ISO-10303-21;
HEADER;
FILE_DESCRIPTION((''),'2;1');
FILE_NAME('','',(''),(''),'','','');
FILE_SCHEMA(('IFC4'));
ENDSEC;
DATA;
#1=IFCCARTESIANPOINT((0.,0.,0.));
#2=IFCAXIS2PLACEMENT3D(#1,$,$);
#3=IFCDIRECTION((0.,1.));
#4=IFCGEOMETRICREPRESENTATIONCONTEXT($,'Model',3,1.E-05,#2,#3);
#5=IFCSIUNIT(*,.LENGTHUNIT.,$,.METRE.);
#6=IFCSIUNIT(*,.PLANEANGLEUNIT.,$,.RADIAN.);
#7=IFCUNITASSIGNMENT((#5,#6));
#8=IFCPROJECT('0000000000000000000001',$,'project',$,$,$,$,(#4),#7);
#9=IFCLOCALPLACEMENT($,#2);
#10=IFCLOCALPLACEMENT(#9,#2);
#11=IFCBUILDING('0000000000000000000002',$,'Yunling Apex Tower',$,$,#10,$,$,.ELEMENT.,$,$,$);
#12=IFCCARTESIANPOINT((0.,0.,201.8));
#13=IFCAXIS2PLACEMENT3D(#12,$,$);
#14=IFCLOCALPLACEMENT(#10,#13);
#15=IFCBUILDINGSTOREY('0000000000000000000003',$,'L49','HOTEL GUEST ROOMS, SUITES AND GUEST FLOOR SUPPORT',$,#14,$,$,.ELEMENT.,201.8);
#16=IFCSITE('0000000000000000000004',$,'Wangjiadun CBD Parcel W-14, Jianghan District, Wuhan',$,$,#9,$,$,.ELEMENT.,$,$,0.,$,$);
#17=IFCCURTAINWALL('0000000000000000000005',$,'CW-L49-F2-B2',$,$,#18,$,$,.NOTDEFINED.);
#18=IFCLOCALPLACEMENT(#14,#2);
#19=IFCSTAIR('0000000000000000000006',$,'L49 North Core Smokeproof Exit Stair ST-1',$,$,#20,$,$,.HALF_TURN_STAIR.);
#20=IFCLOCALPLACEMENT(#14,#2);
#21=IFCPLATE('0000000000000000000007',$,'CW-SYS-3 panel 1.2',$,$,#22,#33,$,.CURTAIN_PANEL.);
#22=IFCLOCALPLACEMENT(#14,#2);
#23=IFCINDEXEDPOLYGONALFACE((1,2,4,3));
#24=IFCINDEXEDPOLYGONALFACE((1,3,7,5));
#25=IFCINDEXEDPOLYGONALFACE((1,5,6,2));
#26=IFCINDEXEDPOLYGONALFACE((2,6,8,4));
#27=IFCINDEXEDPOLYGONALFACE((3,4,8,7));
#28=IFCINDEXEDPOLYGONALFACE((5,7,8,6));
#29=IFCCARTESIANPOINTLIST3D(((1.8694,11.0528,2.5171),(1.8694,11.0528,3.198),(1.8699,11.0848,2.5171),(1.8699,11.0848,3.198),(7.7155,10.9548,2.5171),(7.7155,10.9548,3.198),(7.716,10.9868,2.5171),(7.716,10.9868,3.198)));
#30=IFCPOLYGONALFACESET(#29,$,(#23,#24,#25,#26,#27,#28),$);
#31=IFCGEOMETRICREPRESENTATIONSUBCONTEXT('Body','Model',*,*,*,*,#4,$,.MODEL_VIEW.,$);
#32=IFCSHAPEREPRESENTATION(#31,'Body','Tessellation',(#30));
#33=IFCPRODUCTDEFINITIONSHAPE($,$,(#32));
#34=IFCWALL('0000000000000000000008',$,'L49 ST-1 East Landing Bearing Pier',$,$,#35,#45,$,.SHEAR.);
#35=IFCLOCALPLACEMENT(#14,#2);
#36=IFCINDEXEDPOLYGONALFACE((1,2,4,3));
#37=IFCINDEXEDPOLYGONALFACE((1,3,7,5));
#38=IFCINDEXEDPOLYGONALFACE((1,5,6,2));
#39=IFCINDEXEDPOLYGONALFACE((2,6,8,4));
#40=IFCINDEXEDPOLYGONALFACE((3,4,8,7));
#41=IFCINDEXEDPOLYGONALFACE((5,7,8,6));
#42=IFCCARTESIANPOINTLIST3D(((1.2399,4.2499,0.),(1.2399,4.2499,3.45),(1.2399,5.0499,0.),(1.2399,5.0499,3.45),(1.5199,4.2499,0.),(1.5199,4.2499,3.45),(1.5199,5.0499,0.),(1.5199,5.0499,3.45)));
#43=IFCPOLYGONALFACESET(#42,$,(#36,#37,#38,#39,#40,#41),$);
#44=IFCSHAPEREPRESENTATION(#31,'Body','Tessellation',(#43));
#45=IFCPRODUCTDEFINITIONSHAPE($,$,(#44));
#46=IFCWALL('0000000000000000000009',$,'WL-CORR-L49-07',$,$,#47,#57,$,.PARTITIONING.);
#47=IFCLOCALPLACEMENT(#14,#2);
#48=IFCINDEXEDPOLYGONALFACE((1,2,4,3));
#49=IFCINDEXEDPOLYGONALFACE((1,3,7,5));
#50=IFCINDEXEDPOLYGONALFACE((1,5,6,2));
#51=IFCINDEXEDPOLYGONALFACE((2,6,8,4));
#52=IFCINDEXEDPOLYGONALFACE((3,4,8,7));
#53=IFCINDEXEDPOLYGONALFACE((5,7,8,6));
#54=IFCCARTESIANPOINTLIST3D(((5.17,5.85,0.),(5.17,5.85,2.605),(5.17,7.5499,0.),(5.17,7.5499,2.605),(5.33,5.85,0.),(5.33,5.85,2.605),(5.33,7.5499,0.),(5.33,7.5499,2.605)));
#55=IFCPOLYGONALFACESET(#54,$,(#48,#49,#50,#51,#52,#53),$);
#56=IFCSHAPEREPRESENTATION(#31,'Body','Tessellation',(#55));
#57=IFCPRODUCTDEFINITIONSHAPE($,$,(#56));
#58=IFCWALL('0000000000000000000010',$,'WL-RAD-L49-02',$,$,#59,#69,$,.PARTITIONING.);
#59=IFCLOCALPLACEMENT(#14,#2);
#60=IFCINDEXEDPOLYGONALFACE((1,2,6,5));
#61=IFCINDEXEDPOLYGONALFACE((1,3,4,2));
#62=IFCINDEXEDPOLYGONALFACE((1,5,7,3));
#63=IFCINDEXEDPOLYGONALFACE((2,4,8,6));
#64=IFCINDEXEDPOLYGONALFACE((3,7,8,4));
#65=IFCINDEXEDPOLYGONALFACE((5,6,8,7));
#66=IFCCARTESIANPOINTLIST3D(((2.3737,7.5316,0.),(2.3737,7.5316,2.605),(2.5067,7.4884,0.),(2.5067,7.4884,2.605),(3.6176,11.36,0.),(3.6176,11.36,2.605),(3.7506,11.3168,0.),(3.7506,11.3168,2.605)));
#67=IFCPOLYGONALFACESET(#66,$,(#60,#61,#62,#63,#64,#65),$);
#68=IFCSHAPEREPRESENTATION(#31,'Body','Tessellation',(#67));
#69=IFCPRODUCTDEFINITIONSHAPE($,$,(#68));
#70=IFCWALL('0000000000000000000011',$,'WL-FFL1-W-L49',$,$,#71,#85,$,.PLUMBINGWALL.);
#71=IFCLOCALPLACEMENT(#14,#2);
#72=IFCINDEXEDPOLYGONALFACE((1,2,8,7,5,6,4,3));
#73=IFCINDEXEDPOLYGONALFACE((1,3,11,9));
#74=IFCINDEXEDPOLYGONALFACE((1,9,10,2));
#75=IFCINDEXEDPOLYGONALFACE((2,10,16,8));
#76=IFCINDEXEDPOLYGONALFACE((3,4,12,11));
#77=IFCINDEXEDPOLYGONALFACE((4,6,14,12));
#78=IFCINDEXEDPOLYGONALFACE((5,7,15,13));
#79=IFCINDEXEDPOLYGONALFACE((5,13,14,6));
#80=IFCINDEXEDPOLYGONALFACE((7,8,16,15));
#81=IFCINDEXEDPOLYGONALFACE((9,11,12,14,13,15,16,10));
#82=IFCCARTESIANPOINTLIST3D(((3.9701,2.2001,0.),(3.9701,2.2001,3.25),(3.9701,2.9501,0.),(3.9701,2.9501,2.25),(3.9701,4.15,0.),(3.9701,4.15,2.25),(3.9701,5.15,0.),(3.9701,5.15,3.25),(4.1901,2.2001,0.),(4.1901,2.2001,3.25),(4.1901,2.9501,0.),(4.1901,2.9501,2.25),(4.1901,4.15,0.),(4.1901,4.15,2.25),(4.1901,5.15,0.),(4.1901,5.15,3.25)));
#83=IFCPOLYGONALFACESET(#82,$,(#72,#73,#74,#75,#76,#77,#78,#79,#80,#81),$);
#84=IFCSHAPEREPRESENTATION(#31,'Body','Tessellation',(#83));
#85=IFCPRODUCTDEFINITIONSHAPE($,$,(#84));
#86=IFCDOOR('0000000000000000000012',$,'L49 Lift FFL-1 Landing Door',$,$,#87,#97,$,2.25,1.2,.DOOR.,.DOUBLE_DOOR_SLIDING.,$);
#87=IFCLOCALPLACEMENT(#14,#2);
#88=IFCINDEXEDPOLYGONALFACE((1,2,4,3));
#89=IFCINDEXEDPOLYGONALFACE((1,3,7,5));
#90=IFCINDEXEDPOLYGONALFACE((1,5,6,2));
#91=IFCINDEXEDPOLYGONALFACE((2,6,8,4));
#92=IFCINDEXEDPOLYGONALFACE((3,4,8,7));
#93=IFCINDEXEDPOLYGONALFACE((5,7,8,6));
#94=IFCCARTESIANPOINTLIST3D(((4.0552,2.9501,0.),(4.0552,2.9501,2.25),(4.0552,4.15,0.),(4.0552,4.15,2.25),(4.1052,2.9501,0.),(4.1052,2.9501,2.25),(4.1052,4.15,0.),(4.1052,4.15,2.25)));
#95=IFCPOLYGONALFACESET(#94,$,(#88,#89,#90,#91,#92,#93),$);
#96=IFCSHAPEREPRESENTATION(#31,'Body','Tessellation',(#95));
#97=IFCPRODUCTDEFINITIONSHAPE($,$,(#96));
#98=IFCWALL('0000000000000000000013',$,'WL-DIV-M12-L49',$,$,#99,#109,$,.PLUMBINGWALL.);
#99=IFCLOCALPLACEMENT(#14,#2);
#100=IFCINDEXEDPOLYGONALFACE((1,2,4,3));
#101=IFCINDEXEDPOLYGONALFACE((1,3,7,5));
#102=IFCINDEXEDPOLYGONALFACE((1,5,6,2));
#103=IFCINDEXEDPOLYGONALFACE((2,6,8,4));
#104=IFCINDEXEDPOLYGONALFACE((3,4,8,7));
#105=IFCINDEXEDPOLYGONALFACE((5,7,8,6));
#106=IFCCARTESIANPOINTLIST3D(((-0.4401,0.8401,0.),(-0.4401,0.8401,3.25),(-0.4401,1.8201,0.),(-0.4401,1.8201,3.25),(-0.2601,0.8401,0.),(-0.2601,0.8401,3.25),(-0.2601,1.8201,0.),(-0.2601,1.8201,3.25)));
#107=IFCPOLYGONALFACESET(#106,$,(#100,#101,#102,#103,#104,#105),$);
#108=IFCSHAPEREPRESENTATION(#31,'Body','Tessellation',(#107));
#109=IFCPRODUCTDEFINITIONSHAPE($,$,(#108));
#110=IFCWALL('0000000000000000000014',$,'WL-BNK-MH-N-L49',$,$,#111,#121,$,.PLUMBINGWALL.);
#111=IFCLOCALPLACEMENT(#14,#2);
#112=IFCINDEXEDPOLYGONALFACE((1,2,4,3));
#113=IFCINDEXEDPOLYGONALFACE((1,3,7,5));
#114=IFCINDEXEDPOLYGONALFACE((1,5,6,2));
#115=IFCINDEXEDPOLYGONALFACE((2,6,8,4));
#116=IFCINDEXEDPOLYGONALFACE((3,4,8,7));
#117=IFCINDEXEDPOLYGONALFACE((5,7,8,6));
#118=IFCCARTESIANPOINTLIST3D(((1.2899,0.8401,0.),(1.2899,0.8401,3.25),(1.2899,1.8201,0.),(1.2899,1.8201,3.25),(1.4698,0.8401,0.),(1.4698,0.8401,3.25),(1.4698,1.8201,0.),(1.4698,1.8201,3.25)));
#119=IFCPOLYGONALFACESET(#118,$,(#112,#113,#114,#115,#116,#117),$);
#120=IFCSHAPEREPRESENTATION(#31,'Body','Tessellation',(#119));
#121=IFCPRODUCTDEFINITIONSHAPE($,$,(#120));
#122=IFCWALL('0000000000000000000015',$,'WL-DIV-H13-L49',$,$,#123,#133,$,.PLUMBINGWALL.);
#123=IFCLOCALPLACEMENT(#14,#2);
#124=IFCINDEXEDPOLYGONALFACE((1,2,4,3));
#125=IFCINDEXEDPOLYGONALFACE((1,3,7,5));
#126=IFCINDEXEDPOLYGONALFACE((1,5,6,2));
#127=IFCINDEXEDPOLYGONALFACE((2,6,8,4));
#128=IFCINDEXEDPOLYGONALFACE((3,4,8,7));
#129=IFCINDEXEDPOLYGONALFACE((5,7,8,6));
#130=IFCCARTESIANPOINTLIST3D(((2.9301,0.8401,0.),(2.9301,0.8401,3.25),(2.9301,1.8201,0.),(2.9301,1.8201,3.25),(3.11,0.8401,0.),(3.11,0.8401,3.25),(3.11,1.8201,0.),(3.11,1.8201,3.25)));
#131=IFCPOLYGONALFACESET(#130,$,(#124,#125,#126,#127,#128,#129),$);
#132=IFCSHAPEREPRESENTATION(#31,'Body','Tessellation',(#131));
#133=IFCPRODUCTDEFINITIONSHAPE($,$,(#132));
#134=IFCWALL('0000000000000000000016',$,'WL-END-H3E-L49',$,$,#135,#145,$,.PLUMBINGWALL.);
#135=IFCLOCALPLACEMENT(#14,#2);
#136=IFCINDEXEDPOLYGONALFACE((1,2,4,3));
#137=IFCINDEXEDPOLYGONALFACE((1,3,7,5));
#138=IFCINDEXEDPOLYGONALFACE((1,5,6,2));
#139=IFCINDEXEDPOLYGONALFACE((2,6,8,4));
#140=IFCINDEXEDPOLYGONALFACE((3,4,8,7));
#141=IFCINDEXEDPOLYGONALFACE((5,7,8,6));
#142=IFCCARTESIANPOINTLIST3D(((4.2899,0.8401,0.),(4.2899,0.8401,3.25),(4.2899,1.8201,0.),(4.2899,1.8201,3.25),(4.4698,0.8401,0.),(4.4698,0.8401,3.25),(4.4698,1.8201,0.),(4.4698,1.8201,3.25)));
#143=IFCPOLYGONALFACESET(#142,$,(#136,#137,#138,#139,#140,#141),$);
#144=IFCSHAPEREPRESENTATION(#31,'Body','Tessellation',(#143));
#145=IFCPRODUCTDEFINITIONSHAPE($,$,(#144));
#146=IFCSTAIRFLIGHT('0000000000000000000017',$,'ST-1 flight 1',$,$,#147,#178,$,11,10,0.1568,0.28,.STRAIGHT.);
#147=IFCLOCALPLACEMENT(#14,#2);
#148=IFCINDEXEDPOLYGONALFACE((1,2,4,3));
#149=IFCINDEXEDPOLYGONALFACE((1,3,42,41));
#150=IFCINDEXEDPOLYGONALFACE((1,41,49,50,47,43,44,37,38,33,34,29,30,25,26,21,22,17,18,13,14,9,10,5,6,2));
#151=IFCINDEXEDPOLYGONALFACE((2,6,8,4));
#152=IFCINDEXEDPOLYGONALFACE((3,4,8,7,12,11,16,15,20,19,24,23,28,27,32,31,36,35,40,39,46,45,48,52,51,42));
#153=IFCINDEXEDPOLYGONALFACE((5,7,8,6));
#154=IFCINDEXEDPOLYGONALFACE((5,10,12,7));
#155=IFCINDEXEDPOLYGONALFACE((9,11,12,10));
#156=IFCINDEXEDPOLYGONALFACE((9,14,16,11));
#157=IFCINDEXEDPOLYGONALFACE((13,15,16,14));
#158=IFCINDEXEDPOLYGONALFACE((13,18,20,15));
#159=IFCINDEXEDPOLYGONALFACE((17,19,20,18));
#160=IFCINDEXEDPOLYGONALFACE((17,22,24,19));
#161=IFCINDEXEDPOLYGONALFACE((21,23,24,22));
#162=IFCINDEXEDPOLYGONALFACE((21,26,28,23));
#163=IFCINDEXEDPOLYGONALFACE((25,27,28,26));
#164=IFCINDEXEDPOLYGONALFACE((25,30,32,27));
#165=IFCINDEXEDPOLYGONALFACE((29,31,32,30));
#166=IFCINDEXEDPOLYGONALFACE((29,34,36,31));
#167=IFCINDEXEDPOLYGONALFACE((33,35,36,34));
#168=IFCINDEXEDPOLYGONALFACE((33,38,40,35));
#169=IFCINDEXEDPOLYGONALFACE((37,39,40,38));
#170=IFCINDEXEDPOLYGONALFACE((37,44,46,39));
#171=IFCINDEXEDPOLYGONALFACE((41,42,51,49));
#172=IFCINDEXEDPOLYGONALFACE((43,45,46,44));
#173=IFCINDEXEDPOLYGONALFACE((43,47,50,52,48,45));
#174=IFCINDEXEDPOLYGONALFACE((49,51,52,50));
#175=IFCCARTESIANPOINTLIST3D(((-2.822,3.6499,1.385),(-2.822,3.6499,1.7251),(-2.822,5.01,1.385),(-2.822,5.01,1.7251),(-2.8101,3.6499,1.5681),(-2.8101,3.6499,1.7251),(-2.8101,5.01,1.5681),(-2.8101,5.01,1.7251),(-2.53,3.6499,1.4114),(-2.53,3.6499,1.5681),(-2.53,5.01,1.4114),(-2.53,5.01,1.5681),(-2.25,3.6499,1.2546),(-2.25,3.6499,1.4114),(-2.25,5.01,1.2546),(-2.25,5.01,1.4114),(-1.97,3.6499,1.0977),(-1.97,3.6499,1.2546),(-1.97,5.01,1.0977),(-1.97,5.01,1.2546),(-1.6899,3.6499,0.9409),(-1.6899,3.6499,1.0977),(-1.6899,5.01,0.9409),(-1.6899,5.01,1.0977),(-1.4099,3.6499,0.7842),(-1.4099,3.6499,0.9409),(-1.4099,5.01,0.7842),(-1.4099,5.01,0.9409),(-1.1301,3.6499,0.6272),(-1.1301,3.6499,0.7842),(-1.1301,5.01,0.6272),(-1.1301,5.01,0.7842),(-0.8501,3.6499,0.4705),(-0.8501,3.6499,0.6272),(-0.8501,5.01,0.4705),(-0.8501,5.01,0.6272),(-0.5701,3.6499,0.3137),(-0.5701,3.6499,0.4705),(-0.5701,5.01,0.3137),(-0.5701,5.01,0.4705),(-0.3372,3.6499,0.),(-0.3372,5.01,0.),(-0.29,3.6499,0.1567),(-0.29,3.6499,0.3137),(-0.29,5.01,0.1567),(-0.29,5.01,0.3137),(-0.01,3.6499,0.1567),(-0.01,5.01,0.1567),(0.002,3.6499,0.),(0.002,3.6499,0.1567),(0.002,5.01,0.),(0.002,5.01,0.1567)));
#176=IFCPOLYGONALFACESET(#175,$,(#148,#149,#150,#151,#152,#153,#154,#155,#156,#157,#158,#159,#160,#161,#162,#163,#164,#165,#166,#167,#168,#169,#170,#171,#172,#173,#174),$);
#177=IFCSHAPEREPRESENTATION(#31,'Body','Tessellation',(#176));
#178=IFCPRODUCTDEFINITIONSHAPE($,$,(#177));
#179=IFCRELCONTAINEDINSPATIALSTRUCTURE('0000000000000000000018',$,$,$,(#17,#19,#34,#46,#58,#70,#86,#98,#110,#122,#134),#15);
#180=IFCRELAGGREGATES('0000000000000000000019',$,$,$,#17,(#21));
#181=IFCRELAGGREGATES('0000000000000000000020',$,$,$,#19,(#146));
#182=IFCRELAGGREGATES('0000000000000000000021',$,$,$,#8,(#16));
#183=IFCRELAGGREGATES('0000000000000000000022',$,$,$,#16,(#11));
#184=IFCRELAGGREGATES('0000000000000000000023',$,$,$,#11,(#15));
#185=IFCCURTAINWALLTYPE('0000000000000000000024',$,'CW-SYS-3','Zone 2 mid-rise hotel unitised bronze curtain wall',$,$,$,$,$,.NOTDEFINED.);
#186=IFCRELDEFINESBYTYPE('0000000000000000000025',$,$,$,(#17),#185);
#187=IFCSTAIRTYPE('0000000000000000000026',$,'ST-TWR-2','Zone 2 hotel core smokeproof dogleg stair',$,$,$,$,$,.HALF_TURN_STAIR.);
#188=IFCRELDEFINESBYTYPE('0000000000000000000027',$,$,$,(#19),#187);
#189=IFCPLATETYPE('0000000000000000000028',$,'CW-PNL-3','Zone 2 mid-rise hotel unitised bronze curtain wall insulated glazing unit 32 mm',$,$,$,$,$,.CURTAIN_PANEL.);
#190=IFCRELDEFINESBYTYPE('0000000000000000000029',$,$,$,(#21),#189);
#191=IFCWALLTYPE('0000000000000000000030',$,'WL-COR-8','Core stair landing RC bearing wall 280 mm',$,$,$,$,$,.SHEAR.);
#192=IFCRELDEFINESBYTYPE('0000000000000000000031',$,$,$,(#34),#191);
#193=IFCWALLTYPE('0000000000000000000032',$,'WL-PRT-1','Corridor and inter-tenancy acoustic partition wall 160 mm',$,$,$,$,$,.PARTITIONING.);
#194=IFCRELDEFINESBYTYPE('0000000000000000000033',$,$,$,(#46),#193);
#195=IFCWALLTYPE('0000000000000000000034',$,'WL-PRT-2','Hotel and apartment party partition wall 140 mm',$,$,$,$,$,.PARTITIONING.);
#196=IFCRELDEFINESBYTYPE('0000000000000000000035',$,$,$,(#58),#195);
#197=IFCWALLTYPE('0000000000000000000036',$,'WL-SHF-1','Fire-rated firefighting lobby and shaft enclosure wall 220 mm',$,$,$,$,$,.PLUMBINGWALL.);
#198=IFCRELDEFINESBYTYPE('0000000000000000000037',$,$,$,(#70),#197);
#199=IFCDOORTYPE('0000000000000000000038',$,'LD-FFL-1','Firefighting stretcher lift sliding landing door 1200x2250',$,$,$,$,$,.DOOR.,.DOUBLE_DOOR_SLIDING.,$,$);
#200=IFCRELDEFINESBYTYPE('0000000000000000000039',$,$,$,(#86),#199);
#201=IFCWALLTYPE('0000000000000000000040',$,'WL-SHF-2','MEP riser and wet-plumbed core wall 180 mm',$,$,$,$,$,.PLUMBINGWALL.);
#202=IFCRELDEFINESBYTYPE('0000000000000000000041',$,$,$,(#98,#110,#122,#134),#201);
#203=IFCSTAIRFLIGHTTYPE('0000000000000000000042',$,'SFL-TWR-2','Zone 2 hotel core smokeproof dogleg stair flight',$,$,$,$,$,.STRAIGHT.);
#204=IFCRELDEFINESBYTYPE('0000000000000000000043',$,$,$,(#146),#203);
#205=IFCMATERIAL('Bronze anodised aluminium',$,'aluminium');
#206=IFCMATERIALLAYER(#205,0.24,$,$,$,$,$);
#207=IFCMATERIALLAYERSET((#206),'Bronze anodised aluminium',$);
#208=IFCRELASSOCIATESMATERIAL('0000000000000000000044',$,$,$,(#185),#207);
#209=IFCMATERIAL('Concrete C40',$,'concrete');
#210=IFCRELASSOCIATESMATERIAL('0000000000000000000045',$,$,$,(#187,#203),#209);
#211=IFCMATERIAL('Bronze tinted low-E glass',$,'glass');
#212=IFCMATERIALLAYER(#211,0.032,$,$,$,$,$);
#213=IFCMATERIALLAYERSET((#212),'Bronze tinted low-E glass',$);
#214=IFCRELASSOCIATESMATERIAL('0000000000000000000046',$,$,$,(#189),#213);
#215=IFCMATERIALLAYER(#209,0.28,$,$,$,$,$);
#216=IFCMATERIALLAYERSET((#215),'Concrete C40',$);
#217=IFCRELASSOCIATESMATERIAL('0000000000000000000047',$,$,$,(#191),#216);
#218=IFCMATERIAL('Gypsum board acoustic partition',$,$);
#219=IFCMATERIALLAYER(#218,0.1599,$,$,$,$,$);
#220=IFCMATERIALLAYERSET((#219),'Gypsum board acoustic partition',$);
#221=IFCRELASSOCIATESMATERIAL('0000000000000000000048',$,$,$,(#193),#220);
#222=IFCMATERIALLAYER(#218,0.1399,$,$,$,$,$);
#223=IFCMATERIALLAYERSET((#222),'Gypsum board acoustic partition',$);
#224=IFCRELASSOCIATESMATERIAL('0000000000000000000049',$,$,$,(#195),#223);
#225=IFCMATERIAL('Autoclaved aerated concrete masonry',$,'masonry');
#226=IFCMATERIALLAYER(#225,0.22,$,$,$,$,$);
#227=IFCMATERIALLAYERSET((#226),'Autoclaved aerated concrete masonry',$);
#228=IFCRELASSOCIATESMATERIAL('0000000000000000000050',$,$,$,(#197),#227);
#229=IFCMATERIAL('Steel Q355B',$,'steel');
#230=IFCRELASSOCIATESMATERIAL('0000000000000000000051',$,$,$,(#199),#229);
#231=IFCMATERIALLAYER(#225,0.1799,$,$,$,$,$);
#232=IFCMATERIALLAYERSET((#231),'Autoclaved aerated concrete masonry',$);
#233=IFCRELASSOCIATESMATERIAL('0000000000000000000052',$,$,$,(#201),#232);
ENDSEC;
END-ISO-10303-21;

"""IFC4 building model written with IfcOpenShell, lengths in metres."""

from ifc_helpers import new_model, si_unit, direction, frame, frame_2d, origin, origin_2d, place, context, subcontext, project, spatial, polyline, rectangle, outline, extrude, source, transform, mapped, material, layer, layer_set, type_object, element, fill, aggregate, save


model = new_model("IFC4")

# Units and contexts
model_context = context("Model", 3, precision=1e-05, world=origin(), true_north=direction((0.0, 1.0)))
body_context = subcontext(model_context, "Body", "Model", "MODEL_VIEW")
ifc_project = project(units=[si_unit("LENGTHUNIT", "METRE"), si_unit("PLANEANGLEUNIT", "RADIAN")], contexts=[model_context])

# Site, building, storey
site_placement = place(None, origin())
site = spatial("IfcSite", under=ifc_project, at=site_placement, Name="Wangjiadun CBD Parcel W-14, Jianghan District, Wuhan", CompositionType="ELEMENT", RefElevation=0.0)
building_placement = place(site_placement, origin())
building = spatial("IfcBuilding", under=site, at=building_placement, Name="Yunling Apex Tower", CompositionType="ELEMENT")
storey_placement = place(building_placement, frame((0.0, 0.0, 201.8)))
storey = spatial("IfcBuildingStorey", under=building, at=storey_placement, Name="L49", Description="HOTEL GUEST ROOMS, SUITES AND GUEST FLOOR SUPPORT", CompositionType="ELEMENT", Elevation=201.8)

# Shared definitions
ifc_material_1 = material(Name="Steel Q355B", Category="steel")

# Curtain wall
ifc_material_2 = material(Name="Bronze anodised aluminium", Category="aluminium")
ifc_layer_1 = layer(ifc_material_2, 0.24)
ifc_layer_set_1 = layer_set([ifc_layer_1], Name="Bronze anodised aluminium")
curtain_wall_type = type_object("IfcCurtainWallType", Name="CW-SYS-3", Description="Zone 2 mid-rise hotel unitised bronze curtain wall", PredefinedType="NOTDEFINED", material=ifc_layer_set_1)
curtain_wall_1_placement = place(storey_placement, origin())
curtain_wall_1 = element("IfcCurtainWall", 1, at=curtain_wall_1_placement, inside=storey, type_object=curtain_wall_type, Name="CW-L49-F2-B2", PredefinedType="NOTDEFINED")

# Shared definitions
ifc_material_3 = material(Name="Concrete C40", Category="concrete")

# Stair
stair_type = type_object("IfcStairType", Name="ST-TWR-2", Description="Zone 2 hotel core smokeproof dogleg stair", PredefinedType="HALF_TURN_STAIR", material=ifc_material_3)
stair_1_placement = place(storey_placement, origin())
stair_1 = element("IfcStair", 2, at=stair_1_placement, inside=storey, type_object=stair_type, Name="L49 North Core Smokeproof Exit Stair ST-1", PredefinedType="HALF_TURN_STAIR")

# Plate
ifc_material_4 = material(Name="Bronze tinted low-E glass", Category="glass")
ifc_layer_2 = layer(ifc_material_4, 0.032)
ifc_layer_set_2 = layer_set([ifc_layer_2], Name="Bronze tinted low-E glass")
plate_type_1 = type_object("IfcPlateType", Name="CW-PNL-3", Description="Zone 2 mid-rise hotel unitised bronze curtain wall insulated glazing unit 32 mm", PredefinedType="CURTAIN_PANEL", material=ifc_layer_set_2)
shared_shape_1 = source(origin(), body_context, "Body", "SweptSolid", [
    extrude(rectangle(XDim=5.8469, YDim=0.032, at=origin_2d()), origin(), (0.0, 0.0, 1.0), 0.6809),
])
plate_1_placement = place(storey_placement, frame((4.7927, 11.0198, 2.5171), z_axis=(0.0, 0.0, 1.0), x_axis=(-0.99986, 0.016759, 0.0)))
plate_1 = element("IfcPlate", 3, at=plate_1_placement, type_object=plate_type_1, Name="CW-SYS-3 panel 1.2", PredefinedType="CURTAIN_PANEL", context=body_context, shape_type="MappedRepresentation", body=[
    mapped(shared_shape_1, transform((0.0, 0.0, 0.0), scale=1.0)),
])
aggregate(curtain_wall_1, [plate_1])

# Walls
ifc_layer_3 = layer(ifc_material_3, 0.28)
ifc_layer_set_3 = layer_set([ifc_layer_3], Name="Concrete C40")
wall_type_1 = type_object("IfcWallType", Name="WL-COR-8", Description="Core stair landing RC bearing wall 280 mm", PredefinedType="SHEAR", material=ifc_layer_set_3)
wall_1_placement = place(storey_placement, frame((1.3799, 4.25, 0.0), z_axis=(0.0, 0.0, 1.0), x_axis=(0.0, 1.0, 0.0)))
element("IfcWall", 4, at=wall_1_placement, inside=storey, type_object=wall_type_1, Name="L49 ST-1 East Landing Bearing Pier", PredefinedType="SHEAR", context=body_context, shape_type="SweptSolid", body=[
    extrude(rectangle(XDim=0.8, YDim=0.28, at=frame_2d((0.3999, 0.0))), origin(), (0.0, 0.0, 1.0), 3.45),
])
ifc_material_5 = material(Name="Gypsum board acoustic partition")
ifc_layer_4 = layer(ifc_material_5, 0.1599)
ifc_layer_set_4 = layer_set([ifc_layer_4], Name="Gypsum board acoustic partition")
wall_type_2 = type_object("IfcWallType", Name="WL-PRT-1", Description="Corridor and inter-tenancy acoustic partition wall 160 mm", PredefinedType="PARTITIONING", material=ifc_layer_set_4)
wall_2_placement = place(storey_placement, frame((5.25, 7.55, 0.0), z_axis=(0.0, 0.0, 1.0), x_axis=(0.0, -1.0, 0.0)))
element("IfcWall", 5, at=wall_2_placement, inside=storey, type_object=wall_type_2, Name="WL-CORR-L49-07", PredefinedType="PARTITIONING", context=body_context, shape_type="SweptSolid", body=[
    extrude(rectangle(XDim=1.7, YDim=0.1599, at=frame_2d((0.8501, 0.0))), origin(), (0.0, 0.0, 1.0), 2.605),
])
ifc_layer_5 = layer(ifc_material_5, 0.1399)
ifc_layer_set_5 = layer_set([ifc_layer_5], Name="Gypsum board acoustic partition")
wall_type_3 = type_object("IfcWallType", Name="WL-PRT-2", Description="Hotel and apartment party partition wall 140 mm", PredefinedType="PARTITIONING", material=ifc_layer_set_5)
wall_3_placement = place(storey_placement, frame((2.4402, 7.51, 0.0), z_axis=(0.0, 0.0, 1.0), x_axis=(0.309013, 0.951058, 0.0)))
element("IfcWall", 6, at=wall_3_placement, inside=storey, type_object=wall_type_3, Name="WL-RAD-L49-02", PredefinedType="PARTITIONING", context=body_context, shape_type="SweptSolid", body=[
    extrude(rectangle(XDim=4.0254, YDim=0.1399, at=frame_2d((2.0127, 0.0))), origin(), (0.0, 0.0, 1.0), 2.605),
])

# Wall, opening, door
ifc_material_6 = material(Name="Autoclaved aerated concrete masonry", Category="masonry")
ifc_layer_6 = layer(ifc_material_6, 0.22)
ifc_layer_set_6 = layer_set([ifc_layer_6], Name="Autoclaved aerated concrete masonry")
wall_type_4 = type_object("IfcWallType", Name="WL-SHF-1", Description="Fire-rated firefighting lobby and shaft enclosure wall 220 mm", PredefinedType="PLUMBINGWALL", material=ifc_layer_set_6)
wall_4_placement = place(storey_placement, frame((4.0801, 2.2, 0.0), z_axis=(0.0, 0.0, 1.0), x_axis=(0.0, 1.0, 0.0)))
wall_4 = element("IfcWall", 7, at=wall_4_placement, inside=storey, type_object=wall_type_4, Name="WL-FFL1-W-L49", PredefinedType="PLUMBINGWALL", context=body_context, shape_type="SweptSolid", body=[
    extrude(rectangle(XDim=2.95, YDim=0.22, at=frame_2d((1.4751, 0.0))), origin(), (0.0, 0.0, 1.0), 3.25),
])
opening_1_placement = place(wall_4_placement, frame((0.75, 0.0, 0.0)))
opening_1 = element("IfcOpeningElement", 8, at=opening_1_placement, cuts=wall_4, PredefinedType="OPENING", context=body_context, shape_type="SweptSolid", body=[
    extrude(rectangle(XDim=1.2, YDim=2.25, at=frame_2d((0.6001, 1.125))), frame((0.0, 0.1201, 0.0), z_axis=(0.0, -1.0, 0.0), x_axis=(1.0, 0.0, 0.0)), (0.0, 0.0, 1.0), 0.24),
])
door_type_1 = type_object("IfcDoorType", Name="LD-FFL-1", Description="Firefighting stretcher lift sliding landing door 1200x2250", OperationType="DOUBLE_DOOR_SLIDING", PredefinedType="DOOR", material=ifc_material_1)
door_1_placement = place(opening_1_placement, origin())
door_1 = element("IfcDoor", 9, at=door_1_placement, inside=storey, type_object=door_type_1, Name="L49 Lift FFL-1 Landing Door", OperationType="DOUBLE_DOOR_SLIDING", OverallHeight=2.25, OverallWidth=1.2, PredefinedType="DOOR", context=body_context, shape_type="SweptSolid", body=[
    extrude(rectangle(XDim=1.2, YDim=2.25, at=frame_2d((0.6001, 1.125))), frame((0.0, 0.0249, 0.0), z_axis=(0.0, -1.0, 0.0), x_axis=(1.0, 0.0, 0.0)), (0.0, 0.0, 1.0), 0.05),
])
fill(opening_1, door_1)

# Walls
ifc_layer_7 = layer(ifc_material_6, 0.1799)
ifc_layer_set_7 = layer_set([ifc_layer_7], Name="Autoclaved aerated concrete masonry")
wall_type_5 = type_object("IfcWallType", Name="WL-SHF-2", Description="MEP riser and wet-plumbed core wall 180 mm", PredefinedType="PLUMBINGWALL", material=ifc_layer_set_7)
for number, where, z_axis, x_axis, name in (
    (10, (-0.3501, 0.8401, 0.0), (0.0, 0.0, 1.0), (0.0, 1.0, 0.0), "WL-DIV-M12-L49"),
    (11, (1.3799, 0.8401, 0.0), (0.0, 0.0, 1.0), (0.0, 1.0, 0.0), "WL-BNK-MH-N-L49"),
    (12, (3.02, 0.8401, 0.0), (0.0, 0.0, 1.0), (0.0, 1.0, 0.0), "WL-DIV-H13-L49"),
    (13, (4.3799, 0.8401, 0.0), (0.0, 0.0, 1.0), (0.0, 1.0, 0.0), "WL-END-H3E-L49"),
):
    element("IfcWall", number, at=place(storey_placement, frame(where, z_axis=z_axis, x_axis=x_axis)), inside=storey, type_object=wall_type_5, Name=name, PredefinedType="PLUMBINGWALL", context=body_context, shape_type="SweptSolid", body=[
        extrude(rectangle(XDim=0.98, YDim=0.1799, at=frame_2d((0.49, 0.0))), origin(), (0.0, 0.0, 1.0), 3.25),
    ])

# Stair flight
stair_flight_type = type_object("IfcStairFlightType", Name="SFL-TWR-2", Description="Zone 2 hotel core smokeproof dogleg stair flight", PredefinedType="STRAIGHT", material=ifc_material_3)
stair_flight_placement = place(storey_placement, frame((-0.01, 4.3301, 0.0), z_axis=(0.0, 0.0, 1.0), x_axis=(-1.0, 0.0, 0.0)))
stair_flight = element("IfcStairFlight", 14, at=stair_flight_placement, type_object=stair_flight_type, Name="ST-1 flight 1", NumberOfRisers=11, NumberOfTreads=10, PredefinedType="STRAIGHT", RiserHeight=0.1568, TreadLength=0.28, context=body_context, shape_type="SweptSolid", body=[
    extrude(outline(polyline([(-0.012, 0.0), (-0.012, 0.1567), (0.0, 0.1567), (0.28, 0.1567), (0.28, 0.3137), (0.5601, 0.3137), (0.5601, 0.4705), (0.8401, 0.4705), (0.8401, 0.6272), (1.1201, 0.6272), (1.1201, 0.7842), (1.3999, 0.7842), (1.3999, 0.9409), (1.6799, 0.9409), (1.6799, 1.0977), (1.96, 1.0977), (1.96, 1.2546), (2.24, 1.2546), (2.24, 1.4114), (2.52, 1.4114), (2.52, 1.5681), (2.8, 1.5681), (2.8, 1.7251), (2.812, 1.7251), (2.812, 1.385), (0.3271, 0.0), (-0.012, 0.0)])), frame((0.0, 0.6802, 0.0), z_axis=(0.0, -1.0, 0.0), x_axis=(1.0, 0.0, 0.0)), (0.0, 0.0, 1.0), 1.3601),
])
aggregate(stair_1, [stair_flight])

save(model, "model.ifc")
